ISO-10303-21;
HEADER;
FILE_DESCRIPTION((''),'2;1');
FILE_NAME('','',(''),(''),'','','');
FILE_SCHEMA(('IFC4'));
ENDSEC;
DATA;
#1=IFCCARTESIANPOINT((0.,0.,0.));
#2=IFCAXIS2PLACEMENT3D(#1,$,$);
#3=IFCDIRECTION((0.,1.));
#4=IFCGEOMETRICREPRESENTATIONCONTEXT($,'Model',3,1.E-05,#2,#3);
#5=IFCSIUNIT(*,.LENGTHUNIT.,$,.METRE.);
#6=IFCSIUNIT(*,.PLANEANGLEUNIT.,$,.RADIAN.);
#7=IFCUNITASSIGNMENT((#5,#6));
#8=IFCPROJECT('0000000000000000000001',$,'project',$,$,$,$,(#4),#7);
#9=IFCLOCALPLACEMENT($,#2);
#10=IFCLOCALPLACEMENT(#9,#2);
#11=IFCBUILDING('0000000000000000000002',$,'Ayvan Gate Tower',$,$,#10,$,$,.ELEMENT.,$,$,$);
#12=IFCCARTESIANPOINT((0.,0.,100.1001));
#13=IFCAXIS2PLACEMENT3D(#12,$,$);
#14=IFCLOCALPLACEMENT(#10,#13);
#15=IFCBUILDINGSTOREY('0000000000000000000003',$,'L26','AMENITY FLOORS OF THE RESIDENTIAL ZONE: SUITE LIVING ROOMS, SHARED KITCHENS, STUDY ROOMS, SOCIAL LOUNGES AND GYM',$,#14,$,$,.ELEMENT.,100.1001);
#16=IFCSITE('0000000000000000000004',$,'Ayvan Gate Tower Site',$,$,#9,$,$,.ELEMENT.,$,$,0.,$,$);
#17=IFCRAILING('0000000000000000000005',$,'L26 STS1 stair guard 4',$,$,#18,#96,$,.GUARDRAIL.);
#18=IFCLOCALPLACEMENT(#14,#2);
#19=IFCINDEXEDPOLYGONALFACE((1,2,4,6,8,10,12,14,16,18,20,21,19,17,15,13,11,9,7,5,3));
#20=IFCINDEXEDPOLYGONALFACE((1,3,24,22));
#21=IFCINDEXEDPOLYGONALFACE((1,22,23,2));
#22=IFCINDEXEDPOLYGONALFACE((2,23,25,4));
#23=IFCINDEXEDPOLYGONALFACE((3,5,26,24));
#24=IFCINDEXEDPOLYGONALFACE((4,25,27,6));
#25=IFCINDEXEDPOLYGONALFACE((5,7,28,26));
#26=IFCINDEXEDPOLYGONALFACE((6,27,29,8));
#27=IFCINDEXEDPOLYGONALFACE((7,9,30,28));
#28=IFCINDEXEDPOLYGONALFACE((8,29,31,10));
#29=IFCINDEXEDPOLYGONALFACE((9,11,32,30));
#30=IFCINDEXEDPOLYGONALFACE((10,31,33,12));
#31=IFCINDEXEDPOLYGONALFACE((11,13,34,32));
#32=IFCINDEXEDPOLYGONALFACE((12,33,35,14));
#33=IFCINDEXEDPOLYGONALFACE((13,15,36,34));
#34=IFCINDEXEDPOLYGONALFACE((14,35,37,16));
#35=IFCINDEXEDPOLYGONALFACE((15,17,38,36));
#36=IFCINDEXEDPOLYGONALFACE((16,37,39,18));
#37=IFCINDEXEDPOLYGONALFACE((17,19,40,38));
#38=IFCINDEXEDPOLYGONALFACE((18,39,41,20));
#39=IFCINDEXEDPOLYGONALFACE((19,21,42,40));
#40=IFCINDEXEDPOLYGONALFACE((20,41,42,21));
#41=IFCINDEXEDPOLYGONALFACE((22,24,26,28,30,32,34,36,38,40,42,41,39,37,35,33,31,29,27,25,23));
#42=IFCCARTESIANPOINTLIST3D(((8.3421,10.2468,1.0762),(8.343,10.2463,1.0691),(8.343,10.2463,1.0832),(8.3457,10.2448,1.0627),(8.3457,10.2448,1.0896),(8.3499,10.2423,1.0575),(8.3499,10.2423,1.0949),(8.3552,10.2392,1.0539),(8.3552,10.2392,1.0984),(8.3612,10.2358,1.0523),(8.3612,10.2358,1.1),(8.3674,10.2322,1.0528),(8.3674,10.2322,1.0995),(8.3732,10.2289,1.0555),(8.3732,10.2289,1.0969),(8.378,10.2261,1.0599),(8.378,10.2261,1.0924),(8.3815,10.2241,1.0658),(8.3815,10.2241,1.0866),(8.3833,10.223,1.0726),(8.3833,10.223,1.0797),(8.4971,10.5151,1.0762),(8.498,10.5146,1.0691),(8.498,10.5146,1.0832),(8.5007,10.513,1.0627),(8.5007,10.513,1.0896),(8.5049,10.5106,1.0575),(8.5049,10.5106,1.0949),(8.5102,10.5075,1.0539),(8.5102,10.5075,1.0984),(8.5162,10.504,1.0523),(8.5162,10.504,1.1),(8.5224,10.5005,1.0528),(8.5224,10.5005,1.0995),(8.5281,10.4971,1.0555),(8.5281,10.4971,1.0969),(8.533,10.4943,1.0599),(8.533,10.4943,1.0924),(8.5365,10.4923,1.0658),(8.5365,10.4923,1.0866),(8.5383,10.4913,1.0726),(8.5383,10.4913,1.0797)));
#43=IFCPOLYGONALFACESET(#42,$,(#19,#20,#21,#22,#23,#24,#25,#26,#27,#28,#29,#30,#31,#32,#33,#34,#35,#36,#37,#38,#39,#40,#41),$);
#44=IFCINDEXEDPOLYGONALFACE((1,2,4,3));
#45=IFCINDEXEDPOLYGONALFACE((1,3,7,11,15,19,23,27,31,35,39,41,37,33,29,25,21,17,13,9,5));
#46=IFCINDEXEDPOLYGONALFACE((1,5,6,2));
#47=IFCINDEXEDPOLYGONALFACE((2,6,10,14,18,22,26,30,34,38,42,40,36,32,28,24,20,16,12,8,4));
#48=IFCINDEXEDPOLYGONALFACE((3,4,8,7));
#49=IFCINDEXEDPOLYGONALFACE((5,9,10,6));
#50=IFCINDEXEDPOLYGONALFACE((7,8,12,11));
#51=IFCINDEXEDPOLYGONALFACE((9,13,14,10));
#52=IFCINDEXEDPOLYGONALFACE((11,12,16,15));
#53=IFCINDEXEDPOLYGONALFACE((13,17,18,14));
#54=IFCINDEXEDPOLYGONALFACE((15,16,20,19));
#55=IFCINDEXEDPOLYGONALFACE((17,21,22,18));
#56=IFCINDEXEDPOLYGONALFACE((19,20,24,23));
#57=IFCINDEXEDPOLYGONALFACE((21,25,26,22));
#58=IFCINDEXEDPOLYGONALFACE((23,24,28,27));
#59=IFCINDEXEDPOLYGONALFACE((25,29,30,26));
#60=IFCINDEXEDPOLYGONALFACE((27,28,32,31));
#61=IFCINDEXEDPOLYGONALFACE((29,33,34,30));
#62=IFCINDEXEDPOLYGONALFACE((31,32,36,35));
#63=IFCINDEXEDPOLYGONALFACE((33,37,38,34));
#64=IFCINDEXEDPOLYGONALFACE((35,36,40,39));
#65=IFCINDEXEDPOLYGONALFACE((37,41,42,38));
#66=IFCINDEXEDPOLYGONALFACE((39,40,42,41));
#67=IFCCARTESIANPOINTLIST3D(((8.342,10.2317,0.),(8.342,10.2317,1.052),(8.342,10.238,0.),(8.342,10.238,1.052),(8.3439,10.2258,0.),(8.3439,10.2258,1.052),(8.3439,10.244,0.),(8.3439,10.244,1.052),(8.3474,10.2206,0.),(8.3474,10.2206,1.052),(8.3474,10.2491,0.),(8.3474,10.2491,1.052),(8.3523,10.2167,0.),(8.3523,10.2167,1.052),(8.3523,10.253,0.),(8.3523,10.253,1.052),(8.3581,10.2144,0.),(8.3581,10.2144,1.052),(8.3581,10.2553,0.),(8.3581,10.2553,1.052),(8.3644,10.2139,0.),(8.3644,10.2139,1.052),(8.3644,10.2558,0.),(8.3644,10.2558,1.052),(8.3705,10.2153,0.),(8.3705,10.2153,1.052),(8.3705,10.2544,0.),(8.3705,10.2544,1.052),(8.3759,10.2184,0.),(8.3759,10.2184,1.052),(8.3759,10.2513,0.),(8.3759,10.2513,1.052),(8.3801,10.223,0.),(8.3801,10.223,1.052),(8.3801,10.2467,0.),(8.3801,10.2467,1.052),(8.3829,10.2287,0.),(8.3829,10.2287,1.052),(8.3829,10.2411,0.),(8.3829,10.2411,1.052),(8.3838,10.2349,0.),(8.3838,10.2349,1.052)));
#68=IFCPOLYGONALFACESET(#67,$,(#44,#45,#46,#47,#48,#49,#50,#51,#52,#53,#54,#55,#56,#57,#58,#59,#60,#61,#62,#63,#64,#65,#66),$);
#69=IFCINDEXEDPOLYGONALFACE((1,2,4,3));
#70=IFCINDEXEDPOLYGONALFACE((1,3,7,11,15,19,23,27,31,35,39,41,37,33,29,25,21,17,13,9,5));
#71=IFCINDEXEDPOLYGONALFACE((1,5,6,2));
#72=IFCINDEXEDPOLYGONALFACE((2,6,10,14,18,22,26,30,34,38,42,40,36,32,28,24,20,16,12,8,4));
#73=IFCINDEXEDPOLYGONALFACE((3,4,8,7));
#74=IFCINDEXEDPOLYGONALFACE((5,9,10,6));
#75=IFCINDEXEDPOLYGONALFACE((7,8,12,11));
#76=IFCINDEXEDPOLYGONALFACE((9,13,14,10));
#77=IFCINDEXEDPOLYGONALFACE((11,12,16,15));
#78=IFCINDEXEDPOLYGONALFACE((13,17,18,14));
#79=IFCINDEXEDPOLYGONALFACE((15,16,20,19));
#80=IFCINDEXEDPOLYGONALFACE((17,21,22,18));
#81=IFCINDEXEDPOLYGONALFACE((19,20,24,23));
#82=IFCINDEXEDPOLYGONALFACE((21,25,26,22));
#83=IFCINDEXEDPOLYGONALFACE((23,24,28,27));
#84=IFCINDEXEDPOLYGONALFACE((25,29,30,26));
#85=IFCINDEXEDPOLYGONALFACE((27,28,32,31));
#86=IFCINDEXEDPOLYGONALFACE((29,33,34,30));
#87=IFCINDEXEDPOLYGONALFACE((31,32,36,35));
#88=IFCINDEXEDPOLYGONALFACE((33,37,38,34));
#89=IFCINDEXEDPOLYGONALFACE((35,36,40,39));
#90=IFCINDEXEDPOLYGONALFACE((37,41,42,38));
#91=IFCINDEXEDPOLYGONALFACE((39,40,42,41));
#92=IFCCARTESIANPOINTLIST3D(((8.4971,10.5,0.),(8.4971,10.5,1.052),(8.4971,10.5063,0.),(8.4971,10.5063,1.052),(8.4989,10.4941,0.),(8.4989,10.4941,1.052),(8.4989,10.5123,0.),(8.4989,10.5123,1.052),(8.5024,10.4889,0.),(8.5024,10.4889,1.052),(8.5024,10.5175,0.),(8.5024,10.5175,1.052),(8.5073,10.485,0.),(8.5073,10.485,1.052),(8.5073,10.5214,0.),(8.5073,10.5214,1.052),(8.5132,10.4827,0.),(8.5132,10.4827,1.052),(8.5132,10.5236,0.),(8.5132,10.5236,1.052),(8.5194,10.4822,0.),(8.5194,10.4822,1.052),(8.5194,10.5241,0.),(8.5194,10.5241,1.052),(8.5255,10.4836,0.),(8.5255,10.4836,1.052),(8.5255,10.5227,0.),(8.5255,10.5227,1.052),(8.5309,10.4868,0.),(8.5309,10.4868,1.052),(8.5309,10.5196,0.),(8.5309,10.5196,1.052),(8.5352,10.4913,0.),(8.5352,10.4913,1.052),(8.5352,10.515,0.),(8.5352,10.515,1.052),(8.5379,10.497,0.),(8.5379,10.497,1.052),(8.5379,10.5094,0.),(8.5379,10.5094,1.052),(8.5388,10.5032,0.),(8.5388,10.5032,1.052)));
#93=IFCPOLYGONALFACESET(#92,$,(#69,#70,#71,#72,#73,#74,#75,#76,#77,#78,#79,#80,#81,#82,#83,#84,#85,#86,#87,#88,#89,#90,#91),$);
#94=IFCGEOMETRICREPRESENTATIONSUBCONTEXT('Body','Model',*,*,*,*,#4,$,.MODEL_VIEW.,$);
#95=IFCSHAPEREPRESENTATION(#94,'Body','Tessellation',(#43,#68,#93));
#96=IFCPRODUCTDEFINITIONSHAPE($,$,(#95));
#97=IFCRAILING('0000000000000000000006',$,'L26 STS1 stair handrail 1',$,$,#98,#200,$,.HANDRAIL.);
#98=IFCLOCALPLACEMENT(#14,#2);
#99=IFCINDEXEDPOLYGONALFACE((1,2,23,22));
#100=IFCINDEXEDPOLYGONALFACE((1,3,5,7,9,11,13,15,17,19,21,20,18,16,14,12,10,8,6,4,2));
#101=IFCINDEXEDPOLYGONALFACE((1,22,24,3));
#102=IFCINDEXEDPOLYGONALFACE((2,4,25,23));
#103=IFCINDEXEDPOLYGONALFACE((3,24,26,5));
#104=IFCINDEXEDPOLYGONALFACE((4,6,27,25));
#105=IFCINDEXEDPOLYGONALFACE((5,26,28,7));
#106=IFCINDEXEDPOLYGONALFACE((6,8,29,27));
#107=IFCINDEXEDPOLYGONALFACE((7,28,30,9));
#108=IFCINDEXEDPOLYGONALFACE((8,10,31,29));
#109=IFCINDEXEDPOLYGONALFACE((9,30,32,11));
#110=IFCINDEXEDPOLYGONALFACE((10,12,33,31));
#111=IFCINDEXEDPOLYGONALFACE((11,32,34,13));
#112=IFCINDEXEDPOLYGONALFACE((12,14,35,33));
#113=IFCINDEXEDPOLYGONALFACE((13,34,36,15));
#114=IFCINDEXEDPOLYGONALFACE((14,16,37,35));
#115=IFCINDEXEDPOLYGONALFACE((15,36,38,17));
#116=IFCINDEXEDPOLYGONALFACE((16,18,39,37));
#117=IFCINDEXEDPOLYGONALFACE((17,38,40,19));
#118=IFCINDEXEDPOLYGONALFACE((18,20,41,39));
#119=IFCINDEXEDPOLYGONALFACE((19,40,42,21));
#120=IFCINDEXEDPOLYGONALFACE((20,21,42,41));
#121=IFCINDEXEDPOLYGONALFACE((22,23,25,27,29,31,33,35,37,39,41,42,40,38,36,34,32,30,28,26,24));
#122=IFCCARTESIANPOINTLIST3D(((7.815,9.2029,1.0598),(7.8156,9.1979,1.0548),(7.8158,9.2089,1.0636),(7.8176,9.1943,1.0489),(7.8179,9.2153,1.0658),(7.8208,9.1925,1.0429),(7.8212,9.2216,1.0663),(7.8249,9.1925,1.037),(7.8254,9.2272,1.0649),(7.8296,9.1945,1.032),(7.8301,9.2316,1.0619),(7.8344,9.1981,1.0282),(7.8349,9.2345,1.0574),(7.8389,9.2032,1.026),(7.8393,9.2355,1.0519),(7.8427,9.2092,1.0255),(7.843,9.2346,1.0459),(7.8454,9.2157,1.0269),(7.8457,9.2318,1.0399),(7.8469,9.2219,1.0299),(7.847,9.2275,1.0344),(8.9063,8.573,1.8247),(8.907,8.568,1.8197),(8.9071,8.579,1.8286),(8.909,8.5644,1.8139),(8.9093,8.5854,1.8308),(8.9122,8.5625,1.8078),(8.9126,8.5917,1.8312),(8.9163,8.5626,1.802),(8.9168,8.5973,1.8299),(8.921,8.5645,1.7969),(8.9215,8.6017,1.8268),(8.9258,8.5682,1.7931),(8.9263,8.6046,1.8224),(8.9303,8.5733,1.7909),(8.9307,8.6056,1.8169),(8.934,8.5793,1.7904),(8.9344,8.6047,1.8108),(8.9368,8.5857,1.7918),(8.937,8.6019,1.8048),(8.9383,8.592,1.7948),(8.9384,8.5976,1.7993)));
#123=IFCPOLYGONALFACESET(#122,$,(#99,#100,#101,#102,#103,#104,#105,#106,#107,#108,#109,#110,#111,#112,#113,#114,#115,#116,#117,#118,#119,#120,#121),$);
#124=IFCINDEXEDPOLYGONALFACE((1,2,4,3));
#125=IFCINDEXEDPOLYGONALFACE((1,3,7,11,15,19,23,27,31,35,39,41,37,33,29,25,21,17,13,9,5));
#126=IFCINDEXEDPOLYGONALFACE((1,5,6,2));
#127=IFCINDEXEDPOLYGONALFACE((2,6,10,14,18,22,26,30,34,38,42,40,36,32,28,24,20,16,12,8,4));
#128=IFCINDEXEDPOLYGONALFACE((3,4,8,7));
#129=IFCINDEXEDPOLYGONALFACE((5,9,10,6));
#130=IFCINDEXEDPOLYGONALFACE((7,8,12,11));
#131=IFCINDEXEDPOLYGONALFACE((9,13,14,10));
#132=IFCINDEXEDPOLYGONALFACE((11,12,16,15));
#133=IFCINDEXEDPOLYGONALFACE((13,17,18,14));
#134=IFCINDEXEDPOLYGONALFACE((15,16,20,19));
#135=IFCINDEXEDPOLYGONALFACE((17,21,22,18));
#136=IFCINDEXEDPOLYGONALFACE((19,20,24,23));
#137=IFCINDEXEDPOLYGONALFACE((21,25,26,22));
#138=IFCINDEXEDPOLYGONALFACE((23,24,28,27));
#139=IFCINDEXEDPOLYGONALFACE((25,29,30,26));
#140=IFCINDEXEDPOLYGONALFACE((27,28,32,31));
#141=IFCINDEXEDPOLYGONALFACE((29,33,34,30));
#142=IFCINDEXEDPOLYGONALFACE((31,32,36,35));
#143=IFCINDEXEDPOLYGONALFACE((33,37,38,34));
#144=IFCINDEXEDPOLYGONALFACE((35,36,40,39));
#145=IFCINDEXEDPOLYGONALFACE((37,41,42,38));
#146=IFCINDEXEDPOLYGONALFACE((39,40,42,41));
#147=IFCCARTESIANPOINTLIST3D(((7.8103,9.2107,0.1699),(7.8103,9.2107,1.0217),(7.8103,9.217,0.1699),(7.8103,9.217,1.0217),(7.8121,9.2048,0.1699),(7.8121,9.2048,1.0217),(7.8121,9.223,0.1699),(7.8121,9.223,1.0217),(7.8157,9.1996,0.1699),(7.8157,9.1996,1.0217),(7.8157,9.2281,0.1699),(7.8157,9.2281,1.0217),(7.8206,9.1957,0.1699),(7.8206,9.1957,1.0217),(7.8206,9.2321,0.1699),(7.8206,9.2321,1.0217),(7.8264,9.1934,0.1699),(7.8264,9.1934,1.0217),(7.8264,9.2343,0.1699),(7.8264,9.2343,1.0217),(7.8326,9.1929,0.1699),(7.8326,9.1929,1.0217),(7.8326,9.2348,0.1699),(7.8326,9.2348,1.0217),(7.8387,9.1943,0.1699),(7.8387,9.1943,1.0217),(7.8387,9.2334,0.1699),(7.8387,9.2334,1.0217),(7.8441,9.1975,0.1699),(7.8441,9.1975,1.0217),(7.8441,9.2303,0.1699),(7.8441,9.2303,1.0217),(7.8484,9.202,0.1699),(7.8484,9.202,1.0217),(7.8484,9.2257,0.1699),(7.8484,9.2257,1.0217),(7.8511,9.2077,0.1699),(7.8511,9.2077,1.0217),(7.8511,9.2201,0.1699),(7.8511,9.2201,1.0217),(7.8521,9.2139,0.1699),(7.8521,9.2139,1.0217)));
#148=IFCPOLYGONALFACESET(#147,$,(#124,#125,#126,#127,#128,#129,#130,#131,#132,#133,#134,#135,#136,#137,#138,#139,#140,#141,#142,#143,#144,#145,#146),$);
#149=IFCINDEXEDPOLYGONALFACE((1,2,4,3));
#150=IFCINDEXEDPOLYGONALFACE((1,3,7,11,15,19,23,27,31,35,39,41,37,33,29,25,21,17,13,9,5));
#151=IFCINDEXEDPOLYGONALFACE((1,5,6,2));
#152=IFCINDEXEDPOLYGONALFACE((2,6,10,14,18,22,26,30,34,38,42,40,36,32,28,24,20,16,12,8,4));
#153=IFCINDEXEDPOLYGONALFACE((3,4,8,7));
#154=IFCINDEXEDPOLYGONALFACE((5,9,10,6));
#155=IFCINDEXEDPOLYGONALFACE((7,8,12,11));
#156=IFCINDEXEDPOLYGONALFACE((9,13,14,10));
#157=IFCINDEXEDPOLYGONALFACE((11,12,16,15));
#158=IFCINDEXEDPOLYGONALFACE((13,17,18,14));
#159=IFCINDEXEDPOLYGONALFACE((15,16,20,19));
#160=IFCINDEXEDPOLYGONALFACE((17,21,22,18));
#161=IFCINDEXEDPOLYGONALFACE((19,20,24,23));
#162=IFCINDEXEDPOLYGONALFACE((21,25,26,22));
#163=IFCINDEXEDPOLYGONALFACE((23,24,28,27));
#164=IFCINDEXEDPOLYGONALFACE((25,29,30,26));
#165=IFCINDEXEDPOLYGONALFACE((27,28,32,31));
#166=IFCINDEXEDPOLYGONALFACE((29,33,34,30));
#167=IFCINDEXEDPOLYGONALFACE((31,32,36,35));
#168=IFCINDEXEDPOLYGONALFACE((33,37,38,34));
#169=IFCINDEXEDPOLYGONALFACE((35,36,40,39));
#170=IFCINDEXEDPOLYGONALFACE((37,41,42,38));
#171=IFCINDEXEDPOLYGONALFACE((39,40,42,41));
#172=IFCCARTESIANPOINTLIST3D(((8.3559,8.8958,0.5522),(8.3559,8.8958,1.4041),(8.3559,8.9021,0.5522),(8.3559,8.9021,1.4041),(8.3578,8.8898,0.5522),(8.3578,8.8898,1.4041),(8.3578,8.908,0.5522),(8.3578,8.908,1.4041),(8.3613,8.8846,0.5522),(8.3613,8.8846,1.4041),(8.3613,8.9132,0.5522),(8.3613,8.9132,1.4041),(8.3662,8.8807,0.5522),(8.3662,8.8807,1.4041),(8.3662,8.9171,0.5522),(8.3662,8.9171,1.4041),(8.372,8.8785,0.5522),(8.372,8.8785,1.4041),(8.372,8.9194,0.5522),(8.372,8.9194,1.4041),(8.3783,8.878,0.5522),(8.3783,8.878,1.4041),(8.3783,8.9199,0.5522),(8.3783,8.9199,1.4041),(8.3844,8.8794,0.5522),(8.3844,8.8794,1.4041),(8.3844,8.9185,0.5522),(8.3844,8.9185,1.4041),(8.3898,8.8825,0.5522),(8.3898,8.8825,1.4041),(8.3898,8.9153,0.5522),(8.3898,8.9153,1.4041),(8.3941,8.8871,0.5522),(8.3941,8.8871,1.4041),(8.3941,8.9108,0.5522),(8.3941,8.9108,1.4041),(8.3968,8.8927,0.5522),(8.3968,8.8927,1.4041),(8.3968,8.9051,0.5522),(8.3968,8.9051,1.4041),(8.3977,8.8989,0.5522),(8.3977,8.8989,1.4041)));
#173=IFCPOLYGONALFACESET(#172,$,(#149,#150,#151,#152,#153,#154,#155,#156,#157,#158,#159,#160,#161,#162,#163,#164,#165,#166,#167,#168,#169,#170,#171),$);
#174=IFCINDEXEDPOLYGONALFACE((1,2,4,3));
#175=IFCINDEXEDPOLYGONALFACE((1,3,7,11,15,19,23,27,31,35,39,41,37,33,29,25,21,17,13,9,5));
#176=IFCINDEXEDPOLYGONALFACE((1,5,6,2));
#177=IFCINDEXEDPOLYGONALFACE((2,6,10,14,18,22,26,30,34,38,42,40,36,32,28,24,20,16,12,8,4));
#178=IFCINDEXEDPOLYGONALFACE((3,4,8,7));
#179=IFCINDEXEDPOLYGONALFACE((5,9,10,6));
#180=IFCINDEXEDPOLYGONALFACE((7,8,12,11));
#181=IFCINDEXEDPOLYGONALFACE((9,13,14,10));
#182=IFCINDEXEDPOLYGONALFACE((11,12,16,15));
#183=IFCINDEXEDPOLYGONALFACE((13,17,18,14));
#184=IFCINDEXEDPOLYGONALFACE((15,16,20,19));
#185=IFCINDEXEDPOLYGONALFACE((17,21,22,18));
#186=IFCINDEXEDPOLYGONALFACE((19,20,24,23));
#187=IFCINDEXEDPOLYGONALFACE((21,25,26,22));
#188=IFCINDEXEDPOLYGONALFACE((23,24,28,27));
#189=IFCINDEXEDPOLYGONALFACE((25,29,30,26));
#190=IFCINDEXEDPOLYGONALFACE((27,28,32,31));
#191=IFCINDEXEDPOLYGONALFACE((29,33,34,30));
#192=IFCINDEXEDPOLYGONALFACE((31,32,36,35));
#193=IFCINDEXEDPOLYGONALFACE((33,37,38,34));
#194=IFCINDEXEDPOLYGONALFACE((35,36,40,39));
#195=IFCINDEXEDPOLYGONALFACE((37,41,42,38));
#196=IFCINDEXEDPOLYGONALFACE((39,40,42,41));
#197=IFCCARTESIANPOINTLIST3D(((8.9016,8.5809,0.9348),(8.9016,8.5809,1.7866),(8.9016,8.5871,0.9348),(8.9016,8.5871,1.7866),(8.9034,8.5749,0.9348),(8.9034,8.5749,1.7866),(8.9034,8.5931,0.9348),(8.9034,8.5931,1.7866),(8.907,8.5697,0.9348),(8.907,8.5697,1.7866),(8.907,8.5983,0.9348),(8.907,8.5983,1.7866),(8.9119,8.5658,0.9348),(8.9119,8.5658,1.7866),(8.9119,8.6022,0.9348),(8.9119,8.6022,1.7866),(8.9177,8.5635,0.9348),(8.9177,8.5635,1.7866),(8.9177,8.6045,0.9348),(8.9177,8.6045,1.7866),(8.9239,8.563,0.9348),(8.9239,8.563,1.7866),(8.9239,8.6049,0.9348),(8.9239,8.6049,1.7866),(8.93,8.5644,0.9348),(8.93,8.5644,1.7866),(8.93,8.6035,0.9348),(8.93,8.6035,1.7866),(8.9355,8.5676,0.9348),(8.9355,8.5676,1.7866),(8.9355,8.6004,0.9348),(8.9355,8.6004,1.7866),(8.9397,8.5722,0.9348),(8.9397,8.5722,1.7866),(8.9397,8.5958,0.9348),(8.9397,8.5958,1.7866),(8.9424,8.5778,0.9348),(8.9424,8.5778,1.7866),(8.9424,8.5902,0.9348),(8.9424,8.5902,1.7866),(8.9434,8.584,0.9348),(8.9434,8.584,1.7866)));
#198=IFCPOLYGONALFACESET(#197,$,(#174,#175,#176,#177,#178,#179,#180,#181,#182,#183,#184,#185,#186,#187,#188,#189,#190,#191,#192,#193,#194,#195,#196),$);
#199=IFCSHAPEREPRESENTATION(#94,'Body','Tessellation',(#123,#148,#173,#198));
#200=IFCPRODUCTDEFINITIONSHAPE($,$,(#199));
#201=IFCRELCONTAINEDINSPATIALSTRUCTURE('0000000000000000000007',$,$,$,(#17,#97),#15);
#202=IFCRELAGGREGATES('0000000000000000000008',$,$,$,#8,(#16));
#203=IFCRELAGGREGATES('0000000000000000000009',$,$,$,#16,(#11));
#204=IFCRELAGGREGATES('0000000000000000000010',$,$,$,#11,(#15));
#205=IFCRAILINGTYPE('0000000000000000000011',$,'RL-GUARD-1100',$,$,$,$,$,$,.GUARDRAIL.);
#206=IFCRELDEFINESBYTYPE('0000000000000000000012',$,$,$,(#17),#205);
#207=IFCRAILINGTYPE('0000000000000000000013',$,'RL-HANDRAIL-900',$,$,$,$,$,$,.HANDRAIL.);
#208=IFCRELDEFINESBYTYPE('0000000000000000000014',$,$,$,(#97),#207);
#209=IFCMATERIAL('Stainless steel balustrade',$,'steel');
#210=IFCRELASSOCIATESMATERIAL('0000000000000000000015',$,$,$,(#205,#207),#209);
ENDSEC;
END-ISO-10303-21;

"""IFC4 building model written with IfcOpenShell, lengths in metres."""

from ifc_helpers import new_model, si_unit, direction, frame, origin, origin_2d, place, context, subcontext, project, spatial, circle, extrude, material, type_object, element, save


model = new_model("IFC4")

# Units and contexts
model_context = context("Model", 3, precision=1e-05, world=origin(), true_north=direction((0.0, 1.0)))
body_context = subcontext(model_context, "Body", "Model", "MODEL_VIEW")
ifc_project = project(units=[si_unit("LENGTHUNIT", "METRE"), si_unit("PLANEANGLEUNIT", "RADIAN")], contexts=[model_context])

# Site, building, storey
site_placement = place(None, origin())
site = spatial("IfcSite", under=ifc_project, at=site_placement, Name="Ayvan Gate Tower Site", CompositionType="ELEMENT", RefElevation=0.0)
building_placement = place(site_placement, origin())
building = spatial("IfcBuilding", under=site, at=building_placement, Name="Ayvan Gate Tower", CompositionType="ELEMENT")
storey_placement = place(building_placement, frame((0.0, 0.0, 100.1001)))
storey = spatial("IfcBuildingStorey", under=building, at=storey_placement, Name="L26", Description="AMENITY FLOORS OF THE RESIDENTIAL ZONE: SUITE LIVING ROOMS, SHARED KITCHENS, STUDY ROOMS, SOCIAL LOUNGES AND GYM", CompositionType="ELEMENT", Elevation=100.1001)

# Railings
ifc_material_1 = material(Name="Stainless steel balustrade", Category="steel")
railing_type_1 = type_object("IfcRailingType", Name="RL-GUARD-1100", PredefinedType="GUARDRAIL", material=ifc_material_1)
railing_1_placement = place(storey_placement, frame((8.3628, 10.2349, 0.0)))
element("IfcRailing", 1, at=railing_1_placement, inside=storey, type_object=railing_type_1, Name="L26 STS1 stair guard 4", PredefinedType="GUARDRAIL", context=body_context, shape_type="SweptSolid", body=[
    extrude(circle(Radius=0.0239, at=origin_2d()), frame((0.0, 0.0, 1.0762), z_axis=(0.500291, 0.865857, 0.0), x_axis=(-0.865857, 0.500291, 0.0)), (0.0, 0.0, 1.0), 0.3098),
    extrude(circle(Radius=0.021, at=origin_2d()), origin(), (0.0, 0.0, 1.0), 1.052),
    extrude(circle(Radius=0.021, at=origin_2d()), frame((0.155, 0.2683, 0.0)), (0.0, 0.0, 1.0), 1.052),
])
railing_type_2 = type_object("IfcRailingType", Name="RL-HANDRAIL-900", PredefinedType="HANDRAIL", material=ifc_material_1)
railing_2_placement = place(storey_placement, frame((7.8311, 9.2139, 0.1699)))
element("IfcRailing", 2, at=railing_2_placement, inside=storey, type_object=railing_type_2, Name="L26 STS1 stair handrail 1", PredefinedType="HANDRAIL", context=body_context, shape_type="SweptSolid", body=[
    extrude(circle(Radius=0.0239, at=origin_2d()), frame((0.0, 0.0, 0.876), z_axis=(0.740357, -0.42732, 0.518912), x_axis=(0.49989, 0.866089, 0.0)), (0.0, 0.0, 1.0), 1.4741),
    extrude(circle(Radius=0.021, at=origin_2d()), origin(), (0.0, 0.0, 1.0), 0.8518),
    extrude(circle(Radius=0.021, at=origin_2d()), frame((0.5457, -0.3149, 0.3823)), (0.0, 0.0, 1.0), 0.8518),
    extrude(circle(Radius=0.021, at=origin_2d()), frame((1.0913, -0.6299, 0.7649)), (0.0, 0.0, 1.0), 0.8518),
])

save(model, "model.ifc")
